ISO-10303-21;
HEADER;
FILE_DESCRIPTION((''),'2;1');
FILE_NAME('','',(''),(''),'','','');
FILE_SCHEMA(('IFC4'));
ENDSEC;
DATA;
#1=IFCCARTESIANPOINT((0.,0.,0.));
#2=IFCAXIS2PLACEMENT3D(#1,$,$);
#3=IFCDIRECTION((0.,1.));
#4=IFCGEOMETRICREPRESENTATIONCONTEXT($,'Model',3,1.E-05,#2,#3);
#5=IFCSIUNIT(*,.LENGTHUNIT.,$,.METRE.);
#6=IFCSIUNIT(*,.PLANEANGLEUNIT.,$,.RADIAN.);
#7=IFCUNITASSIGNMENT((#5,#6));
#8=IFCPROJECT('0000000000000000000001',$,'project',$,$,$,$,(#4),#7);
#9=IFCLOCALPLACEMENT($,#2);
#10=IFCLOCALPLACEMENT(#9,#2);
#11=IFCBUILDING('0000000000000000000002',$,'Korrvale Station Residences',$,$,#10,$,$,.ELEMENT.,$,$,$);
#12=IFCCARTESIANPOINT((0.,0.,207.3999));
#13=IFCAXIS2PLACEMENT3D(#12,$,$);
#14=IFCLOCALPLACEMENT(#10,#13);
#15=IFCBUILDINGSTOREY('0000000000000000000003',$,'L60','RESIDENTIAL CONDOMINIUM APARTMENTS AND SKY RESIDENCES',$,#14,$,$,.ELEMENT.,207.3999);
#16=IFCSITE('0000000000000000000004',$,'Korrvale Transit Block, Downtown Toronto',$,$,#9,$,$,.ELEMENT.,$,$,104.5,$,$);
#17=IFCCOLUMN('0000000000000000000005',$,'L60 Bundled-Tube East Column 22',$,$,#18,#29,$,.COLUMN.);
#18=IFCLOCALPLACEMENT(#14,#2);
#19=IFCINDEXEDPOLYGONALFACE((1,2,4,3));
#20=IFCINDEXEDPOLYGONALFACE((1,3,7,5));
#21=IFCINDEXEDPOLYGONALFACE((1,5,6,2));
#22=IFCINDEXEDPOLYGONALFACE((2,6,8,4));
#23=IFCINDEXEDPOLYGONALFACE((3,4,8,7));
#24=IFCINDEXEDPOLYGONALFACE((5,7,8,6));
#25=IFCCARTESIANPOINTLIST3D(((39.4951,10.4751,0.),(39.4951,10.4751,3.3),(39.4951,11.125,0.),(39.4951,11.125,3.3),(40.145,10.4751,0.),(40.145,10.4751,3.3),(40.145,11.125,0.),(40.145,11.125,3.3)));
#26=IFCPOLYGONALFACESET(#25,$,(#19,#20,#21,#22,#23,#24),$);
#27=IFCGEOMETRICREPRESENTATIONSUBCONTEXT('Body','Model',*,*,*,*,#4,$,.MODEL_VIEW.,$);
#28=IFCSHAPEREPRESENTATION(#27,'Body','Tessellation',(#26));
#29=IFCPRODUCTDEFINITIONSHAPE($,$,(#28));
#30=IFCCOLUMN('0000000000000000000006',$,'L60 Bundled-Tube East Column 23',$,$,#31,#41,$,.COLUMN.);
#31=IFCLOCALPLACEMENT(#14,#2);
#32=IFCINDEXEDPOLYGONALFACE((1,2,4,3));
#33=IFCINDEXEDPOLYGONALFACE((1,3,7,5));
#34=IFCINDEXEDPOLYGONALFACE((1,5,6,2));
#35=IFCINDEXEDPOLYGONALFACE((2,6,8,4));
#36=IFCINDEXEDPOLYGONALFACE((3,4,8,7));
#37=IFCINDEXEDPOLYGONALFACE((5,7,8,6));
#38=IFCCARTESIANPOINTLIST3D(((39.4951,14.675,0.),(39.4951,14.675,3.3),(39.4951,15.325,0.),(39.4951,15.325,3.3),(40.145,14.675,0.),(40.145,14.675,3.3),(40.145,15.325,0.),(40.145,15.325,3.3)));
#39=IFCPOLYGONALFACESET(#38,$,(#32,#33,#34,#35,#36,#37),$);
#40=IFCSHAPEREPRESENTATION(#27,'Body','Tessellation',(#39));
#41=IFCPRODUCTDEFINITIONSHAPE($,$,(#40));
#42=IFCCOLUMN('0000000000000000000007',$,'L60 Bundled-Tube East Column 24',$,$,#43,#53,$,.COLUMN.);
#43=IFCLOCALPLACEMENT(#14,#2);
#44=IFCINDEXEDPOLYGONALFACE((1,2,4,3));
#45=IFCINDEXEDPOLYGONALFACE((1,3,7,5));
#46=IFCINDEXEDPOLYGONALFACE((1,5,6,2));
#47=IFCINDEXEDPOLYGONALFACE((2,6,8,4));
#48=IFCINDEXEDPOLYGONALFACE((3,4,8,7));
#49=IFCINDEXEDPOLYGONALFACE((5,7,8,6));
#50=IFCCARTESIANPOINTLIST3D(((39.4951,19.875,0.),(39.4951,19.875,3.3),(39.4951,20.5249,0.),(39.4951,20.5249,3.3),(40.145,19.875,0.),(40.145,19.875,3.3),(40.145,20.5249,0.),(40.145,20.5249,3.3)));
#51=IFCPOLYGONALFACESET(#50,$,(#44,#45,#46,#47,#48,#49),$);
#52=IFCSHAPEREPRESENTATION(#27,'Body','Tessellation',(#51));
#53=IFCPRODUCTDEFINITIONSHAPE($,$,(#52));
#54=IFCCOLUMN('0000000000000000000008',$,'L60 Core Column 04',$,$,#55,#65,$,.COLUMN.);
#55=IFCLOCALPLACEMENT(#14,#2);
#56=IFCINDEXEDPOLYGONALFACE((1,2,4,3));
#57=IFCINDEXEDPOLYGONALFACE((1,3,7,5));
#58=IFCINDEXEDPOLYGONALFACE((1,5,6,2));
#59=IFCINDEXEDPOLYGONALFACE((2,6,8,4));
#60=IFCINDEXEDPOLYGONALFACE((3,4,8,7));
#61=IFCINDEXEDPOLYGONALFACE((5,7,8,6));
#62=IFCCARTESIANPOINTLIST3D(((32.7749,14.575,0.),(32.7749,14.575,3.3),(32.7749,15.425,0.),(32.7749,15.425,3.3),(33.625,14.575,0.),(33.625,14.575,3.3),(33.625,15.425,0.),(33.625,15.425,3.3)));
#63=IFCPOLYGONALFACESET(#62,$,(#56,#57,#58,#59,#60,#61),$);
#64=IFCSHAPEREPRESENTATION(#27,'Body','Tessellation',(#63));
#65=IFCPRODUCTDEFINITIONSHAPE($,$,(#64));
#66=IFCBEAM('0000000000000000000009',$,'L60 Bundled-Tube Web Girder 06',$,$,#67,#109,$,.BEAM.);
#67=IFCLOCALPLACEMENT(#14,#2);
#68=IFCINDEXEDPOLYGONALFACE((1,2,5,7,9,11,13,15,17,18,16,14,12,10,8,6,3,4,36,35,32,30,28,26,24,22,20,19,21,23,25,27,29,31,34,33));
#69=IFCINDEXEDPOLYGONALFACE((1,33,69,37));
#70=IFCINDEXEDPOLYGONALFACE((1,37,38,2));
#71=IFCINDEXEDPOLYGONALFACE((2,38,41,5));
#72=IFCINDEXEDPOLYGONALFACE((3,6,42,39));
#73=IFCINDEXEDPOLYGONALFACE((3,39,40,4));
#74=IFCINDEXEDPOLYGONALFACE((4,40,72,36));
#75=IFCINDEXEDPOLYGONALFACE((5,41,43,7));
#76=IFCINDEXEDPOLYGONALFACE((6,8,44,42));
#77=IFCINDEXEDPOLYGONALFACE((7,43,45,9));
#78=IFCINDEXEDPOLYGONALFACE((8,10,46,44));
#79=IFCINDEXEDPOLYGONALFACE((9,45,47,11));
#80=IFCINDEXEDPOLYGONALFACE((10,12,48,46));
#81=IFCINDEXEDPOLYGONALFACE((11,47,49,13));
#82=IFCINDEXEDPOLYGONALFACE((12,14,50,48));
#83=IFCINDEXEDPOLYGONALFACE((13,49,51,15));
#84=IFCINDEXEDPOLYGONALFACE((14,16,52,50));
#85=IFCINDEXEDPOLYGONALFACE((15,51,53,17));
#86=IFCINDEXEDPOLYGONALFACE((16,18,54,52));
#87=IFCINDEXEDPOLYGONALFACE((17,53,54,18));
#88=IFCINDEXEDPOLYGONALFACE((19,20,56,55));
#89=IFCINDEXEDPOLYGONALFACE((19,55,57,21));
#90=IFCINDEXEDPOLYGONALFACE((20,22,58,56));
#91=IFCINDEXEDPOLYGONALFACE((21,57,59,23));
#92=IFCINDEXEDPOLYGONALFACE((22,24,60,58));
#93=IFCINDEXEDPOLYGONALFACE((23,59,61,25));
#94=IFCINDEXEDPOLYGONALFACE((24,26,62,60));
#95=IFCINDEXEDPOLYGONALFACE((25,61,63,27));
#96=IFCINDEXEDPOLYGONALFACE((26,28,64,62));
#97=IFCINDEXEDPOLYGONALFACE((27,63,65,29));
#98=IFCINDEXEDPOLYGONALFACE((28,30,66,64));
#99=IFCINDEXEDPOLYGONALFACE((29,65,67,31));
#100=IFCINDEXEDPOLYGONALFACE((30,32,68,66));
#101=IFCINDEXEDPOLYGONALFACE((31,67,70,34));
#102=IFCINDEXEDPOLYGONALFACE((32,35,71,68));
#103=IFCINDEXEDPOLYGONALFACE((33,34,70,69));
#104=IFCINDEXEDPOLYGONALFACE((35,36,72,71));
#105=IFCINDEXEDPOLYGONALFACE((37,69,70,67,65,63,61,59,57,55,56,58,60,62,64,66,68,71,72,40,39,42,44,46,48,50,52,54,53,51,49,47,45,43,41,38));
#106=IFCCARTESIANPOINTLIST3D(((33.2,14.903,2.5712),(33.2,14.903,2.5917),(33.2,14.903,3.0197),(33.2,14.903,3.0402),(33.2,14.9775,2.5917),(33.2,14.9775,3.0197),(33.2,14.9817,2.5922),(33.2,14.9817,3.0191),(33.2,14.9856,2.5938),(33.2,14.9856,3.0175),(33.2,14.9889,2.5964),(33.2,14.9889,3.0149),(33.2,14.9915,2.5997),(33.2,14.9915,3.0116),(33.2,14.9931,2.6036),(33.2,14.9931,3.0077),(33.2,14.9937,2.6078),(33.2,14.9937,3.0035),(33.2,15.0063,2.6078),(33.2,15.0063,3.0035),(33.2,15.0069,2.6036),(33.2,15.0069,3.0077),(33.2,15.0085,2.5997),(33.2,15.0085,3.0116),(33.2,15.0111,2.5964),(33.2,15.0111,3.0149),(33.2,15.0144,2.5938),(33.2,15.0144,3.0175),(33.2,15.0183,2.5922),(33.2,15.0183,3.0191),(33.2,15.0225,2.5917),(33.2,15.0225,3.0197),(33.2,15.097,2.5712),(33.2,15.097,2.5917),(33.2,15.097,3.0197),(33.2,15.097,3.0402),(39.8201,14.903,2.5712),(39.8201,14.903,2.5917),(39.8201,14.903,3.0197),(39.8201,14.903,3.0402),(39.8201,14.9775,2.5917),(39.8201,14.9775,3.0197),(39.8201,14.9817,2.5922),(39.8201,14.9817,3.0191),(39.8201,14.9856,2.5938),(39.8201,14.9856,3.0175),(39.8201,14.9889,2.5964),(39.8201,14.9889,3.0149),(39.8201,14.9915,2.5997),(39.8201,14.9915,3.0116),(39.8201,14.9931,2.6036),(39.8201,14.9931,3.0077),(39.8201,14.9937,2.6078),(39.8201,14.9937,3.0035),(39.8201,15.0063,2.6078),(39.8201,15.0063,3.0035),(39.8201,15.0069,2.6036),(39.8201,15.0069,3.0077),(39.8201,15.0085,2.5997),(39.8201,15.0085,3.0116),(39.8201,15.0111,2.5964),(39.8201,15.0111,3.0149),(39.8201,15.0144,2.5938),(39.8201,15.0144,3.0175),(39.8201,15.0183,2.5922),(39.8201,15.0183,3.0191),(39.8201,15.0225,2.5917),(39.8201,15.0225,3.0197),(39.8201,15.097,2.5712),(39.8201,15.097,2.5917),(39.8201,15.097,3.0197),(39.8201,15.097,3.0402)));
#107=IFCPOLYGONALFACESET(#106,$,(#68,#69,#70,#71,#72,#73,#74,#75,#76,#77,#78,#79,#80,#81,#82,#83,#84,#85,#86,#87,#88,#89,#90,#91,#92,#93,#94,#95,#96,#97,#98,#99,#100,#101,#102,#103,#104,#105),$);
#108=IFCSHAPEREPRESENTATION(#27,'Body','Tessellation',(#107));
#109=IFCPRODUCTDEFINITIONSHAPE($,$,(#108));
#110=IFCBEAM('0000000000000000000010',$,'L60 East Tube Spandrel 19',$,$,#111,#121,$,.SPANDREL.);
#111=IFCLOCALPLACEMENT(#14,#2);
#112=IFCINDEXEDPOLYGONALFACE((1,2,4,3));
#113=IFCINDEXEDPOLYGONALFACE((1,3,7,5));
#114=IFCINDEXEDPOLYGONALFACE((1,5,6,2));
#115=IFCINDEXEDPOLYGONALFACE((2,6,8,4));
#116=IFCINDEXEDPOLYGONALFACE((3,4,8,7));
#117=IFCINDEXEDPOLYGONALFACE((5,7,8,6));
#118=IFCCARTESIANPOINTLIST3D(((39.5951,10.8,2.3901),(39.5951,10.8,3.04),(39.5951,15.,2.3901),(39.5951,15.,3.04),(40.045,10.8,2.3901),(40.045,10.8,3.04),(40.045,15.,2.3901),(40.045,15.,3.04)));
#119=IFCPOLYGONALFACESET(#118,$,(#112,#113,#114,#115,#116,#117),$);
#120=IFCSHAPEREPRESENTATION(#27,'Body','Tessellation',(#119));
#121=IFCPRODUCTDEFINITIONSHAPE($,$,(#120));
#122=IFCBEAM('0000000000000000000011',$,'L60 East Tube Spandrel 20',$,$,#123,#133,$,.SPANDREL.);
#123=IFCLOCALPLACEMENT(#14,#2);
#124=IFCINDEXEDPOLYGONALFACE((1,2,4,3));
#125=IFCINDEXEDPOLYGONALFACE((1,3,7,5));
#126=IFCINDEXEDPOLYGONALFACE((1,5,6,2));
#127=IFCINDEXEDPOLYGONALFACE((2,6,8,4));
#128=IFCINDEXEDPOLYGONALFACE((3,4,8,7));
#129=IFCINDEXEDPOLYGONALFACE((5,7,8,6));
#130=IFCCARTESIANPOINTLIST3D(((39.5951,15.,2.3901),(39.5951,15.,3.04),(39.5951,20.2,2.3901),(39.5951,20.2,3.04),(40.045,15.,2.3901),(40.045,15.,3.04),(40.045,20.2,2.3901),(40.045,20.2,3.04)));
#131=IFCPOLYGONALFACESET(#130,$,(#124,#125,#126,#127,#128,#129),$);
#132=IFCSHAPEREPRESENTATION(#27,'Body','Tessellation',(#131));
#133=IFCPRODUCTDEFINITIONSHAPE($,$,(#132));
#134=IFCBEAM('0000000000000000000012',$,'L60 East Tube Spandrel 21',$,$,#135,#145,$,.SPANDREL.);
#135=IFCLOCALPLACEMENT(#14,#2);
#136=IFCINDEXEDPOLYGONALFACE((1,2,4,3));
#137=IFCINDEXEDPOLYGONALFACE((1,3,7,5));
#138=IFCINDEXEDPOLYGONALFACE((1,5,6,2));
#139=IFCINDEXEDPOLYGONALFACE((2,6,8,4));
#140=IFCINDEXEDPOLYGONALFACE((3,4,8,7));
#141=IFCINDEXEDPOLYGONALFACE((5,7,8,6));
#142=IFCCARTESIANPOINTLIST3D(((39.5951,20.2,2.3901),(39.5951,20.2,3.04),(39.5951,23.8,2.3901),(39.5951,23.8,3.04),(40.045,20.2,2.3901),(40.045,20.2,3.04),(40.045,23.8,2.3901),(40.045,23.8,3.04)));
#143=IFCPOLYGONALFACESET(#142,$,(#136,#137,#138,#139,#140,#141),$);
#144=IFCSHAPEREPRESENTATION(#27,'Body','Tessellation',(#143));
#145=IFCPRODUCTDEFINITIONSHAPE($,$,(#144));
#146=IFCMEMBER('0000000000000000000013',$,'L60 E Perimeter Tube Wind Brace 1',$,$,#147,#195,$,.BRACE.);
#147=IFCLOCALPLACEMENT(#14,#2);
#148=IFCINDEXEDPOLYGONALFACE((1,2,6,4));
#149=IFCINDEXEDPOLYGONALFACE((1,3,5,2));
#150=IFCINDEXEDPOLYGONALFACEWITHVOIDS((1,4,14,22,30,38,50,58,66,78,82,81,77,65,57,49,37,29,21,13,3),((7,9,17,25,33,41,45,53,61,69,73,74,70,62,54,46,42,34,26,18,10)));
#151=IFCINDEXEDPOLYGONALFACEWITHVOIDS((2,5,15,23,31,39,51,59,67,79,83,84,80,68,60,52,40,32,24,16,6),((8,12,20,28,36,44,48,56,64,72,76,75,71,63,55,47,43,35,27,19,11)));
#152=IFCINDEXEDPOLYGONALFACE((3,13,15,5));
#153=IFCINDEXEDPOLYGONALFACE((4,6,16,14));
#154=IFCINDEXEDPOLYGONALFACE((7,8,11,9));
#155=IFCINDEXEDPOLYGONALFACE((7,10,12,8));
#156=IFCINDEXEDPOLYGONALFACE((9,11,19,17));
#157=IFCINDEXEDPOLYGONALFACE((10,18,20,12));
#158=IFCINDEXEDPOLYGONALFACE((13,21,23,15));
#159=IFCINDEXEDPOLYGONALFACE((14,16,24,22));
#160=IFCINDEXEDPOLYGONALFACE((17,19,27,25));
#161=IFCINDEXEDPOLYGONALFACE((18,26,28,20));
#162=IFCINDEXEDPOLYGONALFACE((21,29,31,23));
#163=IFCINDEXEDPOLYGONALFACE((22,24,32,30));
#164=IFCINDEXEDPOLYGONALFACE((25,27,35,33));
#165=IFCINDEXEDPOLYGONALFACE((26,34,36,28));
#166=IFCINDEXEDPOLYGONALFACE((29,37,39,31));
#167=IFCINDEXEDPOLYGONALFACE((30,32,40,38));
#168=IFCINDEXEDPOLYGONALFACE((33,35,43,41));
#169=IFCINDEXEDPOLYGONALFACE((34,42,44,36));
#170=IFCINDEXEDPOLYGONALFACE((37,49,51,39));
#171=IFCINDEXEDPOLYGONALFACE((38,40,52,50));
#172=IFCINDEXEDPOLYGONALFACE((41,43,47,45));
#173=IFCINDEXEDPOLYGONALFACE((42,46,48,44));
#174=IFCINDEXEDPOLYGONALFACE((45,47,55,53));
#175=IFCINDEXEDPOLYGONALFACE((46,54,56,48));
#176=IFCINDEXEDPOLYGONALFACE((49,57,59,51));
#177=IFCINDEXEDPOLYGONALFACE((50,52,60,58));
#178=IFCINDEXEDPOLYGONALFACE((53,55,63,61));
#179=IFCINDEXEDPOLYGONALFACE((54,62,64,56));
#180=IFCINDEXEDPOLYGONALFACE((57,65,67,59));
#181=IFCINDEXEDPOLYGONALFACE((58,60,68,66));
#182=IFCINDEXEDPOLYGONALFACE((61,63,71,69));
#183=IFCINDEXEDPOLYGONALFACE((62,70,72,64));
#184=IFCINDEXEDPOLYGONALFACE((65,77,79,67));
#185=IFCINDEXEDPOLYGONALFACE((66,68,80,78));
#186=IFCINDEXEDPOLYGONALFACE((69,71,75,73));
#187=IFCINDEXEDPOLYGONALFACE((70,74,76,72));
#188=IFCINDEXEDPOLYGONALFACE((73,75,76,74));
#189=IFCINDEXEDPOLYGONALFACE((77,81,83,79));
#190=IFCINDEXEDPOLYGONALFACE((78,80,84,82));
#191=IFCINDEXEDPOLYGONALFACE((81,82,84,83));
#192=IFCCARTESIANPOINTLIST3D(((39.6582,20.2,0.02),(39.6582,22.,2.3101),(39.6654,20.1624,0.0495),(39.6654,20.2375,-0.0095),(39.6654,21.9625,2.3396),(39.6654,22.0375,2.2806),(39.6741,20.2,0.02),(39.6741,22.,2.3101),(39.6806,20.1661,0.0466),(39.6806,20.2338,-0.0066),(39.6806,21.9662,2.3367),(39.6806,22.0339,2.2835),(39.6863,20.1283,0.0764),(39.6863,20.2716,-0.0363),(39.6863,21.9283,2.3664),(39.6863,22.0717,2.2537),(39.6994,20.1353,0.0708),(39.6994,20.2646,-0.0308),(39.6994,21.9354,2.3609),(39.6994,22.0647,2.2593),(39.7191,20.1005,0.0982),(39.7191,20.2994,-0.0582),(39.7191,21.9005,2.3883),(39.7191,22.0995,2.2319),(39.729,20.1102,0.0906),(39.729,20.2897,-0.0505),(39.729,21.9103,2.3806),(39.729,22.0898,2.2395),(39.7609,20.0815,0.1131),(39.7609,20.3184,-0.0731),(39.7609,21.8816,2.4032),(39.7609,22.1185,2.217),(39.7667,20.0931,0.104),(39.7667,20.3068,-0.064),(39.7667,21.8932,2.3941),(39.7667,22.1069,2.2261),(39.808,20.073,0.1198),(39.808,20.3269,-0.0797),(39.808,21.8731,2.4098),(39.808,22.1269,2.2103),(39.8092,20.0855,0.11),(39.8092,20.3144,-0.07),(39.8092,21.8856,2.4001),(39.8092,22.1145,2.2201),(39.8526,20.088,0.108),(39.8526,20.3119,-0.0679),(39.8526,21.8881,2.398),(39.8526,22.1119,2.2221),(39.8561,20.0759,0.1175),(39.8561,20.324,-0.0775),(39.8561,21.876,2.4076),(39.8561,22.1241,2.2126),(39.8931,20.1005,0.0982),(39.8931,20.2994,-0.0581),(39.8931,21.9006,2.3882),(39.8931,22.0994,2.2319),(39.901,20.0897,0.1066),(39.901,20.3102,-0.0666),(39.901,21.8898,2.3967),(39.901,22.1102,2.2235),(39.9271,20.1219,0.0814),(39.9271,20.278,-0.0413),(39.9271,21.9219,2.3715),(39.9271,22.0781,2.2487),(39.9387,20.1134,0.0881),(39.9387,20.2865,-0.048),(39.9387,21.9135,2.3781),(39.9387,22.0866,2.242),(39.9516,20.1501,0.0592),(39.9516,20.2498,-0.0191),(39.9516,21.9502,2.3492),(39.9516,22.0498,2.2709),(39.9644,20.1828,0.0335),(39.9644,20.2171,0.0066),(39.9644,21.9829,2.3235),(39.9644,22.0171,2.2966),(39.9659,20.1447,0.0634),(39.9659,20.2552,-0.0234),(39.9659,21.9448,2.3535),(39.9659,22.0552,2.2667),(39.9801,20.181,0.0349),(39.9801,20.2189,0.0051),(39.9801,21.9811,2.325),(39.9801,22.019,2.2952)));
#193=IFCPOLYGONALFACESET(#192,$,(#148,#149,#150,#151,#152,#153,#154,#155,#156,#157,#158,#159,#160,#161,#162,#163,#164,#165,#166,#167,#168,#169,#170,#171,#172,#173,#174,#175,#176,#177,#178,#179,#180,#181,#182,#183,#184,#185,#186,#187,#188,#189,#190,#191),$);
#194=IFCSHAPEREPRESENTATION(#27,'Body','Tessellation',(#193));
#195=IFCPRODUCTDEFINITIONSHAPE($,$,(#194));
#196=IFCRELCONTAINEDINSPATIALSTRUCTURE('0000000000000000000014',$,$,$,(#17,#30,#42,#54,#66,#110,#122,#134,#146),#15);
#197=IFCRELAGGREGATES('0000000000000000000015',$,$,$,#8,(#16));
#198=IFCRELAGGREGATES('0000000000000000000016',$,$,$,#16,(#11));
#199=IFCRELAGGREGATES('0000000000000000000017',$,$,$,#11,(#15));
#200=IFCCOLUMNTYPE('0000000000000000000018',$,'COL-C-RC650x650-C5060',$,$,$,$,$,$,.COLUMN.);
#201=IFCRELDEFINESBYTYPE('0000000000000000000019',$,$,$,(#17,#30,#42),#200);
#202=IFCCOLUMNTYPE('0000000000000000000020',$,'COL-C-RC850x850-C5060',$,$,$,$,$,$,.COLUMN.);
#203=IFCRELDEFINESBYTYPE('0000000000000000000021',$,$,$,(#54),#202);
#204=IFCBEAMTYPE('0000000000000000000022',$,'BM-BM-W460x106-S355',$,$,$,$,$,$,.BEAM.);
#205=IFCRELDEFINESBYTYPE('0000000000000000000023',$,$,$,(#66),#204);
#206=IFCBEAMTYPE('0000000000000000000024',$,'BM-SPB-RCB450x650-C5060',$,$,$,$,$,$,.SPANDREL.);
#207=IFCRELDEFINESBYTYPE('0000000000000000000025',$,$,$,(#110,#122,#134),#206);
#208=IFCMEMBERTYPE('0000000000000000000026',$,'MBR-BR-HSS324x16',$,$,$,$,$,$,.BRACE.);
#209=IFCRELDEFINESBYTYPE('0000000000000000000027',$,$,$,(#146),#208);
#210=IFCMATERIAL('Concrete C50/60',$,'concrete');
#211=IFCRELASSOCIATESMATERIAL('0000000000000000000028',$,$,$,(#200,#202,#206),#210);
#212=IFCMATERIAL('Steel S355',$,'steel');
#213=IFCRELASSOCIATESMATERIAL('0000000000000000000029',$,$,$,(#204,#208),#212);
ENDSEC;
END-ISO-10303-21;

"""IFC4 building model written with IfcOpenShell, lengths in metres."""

from ifc_helpers import new_model, si_unit, direction, frame, origin, origin_2d, place, context, subcontext, project, spatial, rectangle, hollow_circle, i_section, extrude, material, material_profile, profile_set, type_object, element, save


model = new_model("IFC4")

# Units and contexts
model_context = context("Model", 3, precision=1e-05, world=origin(), true_north=direction((0.0, 1.0)))
body_context = subcontext(model_context, "Body", "Model", "MODEL_VIEW")
ifc_project = project(units=[si_unit("LENGTHUNIT", "METRE"), si_unit("PLANEANGLEUNIT", "RADIAN")], contexts=[model_context])

# Site, building, storey
site_placement = place(None, origin())
site = spatial("IfcSite", under=ifc_project, at=site_placement, Name="Korrvale Transit Block, Downtown Toronto", CompositionType="ELEMENT", RefElevation=104.5)
building_placement = place(site_placement, origin())
building = spatial("IfcBuilding", under=site, at=building_placement, Name="Korrvale Station Residences", CompositionType="ELEMENT")
storey_placement = place(building_placement, frame((0.0, 0.0, 207.3999)))
storey = spatial("IfcBuildingStorey", under=building, at=storey_placement, Name="L60", Description="RESIDENTIAL CONDOMINIUM APARTMENTS AND SKY RESIDENCES", CompositionType="ELEMENT", Elevation=207.3999)

# Columns
ifc_material_1 = material(Name="Concrete C50/60", Category="concrete")
ifc_material_profile_1 = material_profile(ifc_material_1, rectangle(XDim=0.6499, YDim=0.6499, at=origin_2d()), Name="RC650x650")
ifc_profile_set_1 = profile_set([ifc_material_profile_1], Name="Concrete C50/60")
column_type_1 = type_object("IfcColumnType", Name="COL-C-RC650x650-C5060", PredefinedType="COLUMN", material=ifc_profile_set_1)
for number, where, z_axis, x_axis, name in (
    (1, (39.8201, 10.8, 0.0), (0.0, 0.0, 1.0), (1.0, 0.0, 0.0), "L60 Bundled-Tube East Column 22"),
    (2, (39.8201, 15.0, 0.0), (0.0, 0.0, 1.0), (1.0, 0.0, 0.0), "L60 Bundled-Tube East Column 23"),
    (3, (39.8201, 20.2, 0.0), (0.0, 0.0, 1.0), (1.0, 0.0, 0.0), "L60 Bundled-Tube East Column 24"),
):
    element("IfcColumn", number, at=place(storey_placement, frame(where, z_axis=z_axis, x_axis=x_axis)), inside=storey, type_object=column_type_1, Name=name, PredefinedType="COLUMN", context=body_context, shape_type="SweptSolid", body=[
        extrude(rectangle(XDim=0.6499, YDim=0.6499, at=origin_2d()), origin(), (0.0, 0.0, 1.0), 3.3),
    ])
ifc_material_profile_2 = material_profile(ifc_material_1, rectangle(XDim=0.8501, YDim=0.8501, at=origin_2d()), Name="RC850x850")
ifc_profile_set_2 = profile_set([ifc_material_profile_2], Name="Concrete C50/60")
column_type_2 = type_object("IfcColumnType", Name="COL-C-RC850x850-C5060", PredefinedType="COLUMN", material=ifc_profile_set_2)
column_placement = place(storey_placement, frame((33.2, 15.0, 0.0), z_axis=(0.0, 0.0, 1.0), x_axis=(1.0, 0.0, 0.0)))
element("IfcColumn", 4, at=column_placement, inside=storey, type_object=column_type_2, Name="L60 Core Column 04", PredefinedType="COLUMN", context=body_context, shape_type="SweptSolid", body=[
    extrude(rectangle(XDim=0.8501, YDim=0.8501, at=origin_2d()), origin(), (0.0, 0.0, 1.0), 3.3),
])

# Beams
ifc_material_2 = material(Name="Steel S355", Category="steel")
ifc_material_profile_3 = material_profile(ifc_material_2, i_section(OverallWidth=0.1941, OverallDepth=0.469, WebThickness=0.0127, FlangeThickness=0.0205, FilletRadius=0.0161, at=origin_2d()), Name="W460x106")
ifc_profile_set_3 = profile_set([ifc_material_profile_3], Name="Steel S355")
beam_type_1 = type_object("IfcBeamType", Name="BM-BM-W460x106-S355", PredefinedType="BEAM", material=ifc_profile_set_3)
beam_1_placement = place(storey_placement, frame((33.2, 15.0, 2.8057), z_axis=(1.0, 0.0, 0.0), x_axis=(0.0, 1.0, 0.0)))
element("IfcBeam", 5, at=beam_1_placement, inside=storey, type_object=beam_type_1, Name="L60 Bundled-Tube Web Girder 06", PredefinedType="BEAM", context=body_context, shape_type="SweptSolid", body=[
    extrude(i_section(OverallWidth=0.1941, OverallDepth=0.469, WebThickness=0.0127, FlangeThickness=0.0205, FilletRadius=0.0161, at=origin_2d()), origin(), (0.0, 0.0, 1.0), 6.6201),
])
ifc_material_profile_4 = material_profile(ifc_material_1, rectangle(XDim=0.45, YDim=0.6499, at=origin_2d()), Name="RCB450x650")
ifc_profile_set_4 = profile_set([ifc_material_profile_4], Name="Concrete C50/60")
beam_type_2 = type_object("IfcBeamType", Name="BM-SPB-RCB450x650-C5060", PredefinedType="SPANDREL", material=ifc_profile_set_4)
beam_2_placement = place(storey_placement, frame((39.8201, 10.8, 2.7151), z_axis=(0.0, 1.0, 0.0), x_axis=(-1.0, 0.0, 0.0)))
element("IfcBeam", 6, at=beam_2_placement, inside=storey, type_object=beam_type_2, Name="L60 East Tube Spandrel 19", PredefinedType="SPANDREL", context=body_context, shape_type="SweptSolid", body=[
    extrude(rectangle(XDim=0.45, YDim=0.6499, at=origin_2d()), origin(), (0.0, 0.0, 1.0), 4.2),
])
beam_3_placement = place(storey_placement, frame((39.8201, 15.0, 2.7151), z_axis=(0.0, 1.0, 0.0), x_axis=(-1.0, 0.0, 0.0)))
element("IfcBeam", 7, at=beam_3_placement, inside=storey, type_object=beam_type_2, Name="L60 East Tube Spandrel 20", PredefinedType="SPANDREL", context=body_context, shape_type="SweptSolid", body=[
    extrude(rectangle(XDim=0.45, YDim=0.6499, at=origin_2d()), origin(), (0.0, 0.0, 1.0), 5.2),
])
beam_4_placement = place(storey_placement, frame((39.8201, 20.2, 2.7151), z_axis=(0.0, 1.0, 0.0), x_axis=(-1.0, 0.0, 0.0)))
element("IfcBeam", 8, at=beam_4_placement, inside=storey, type_object=beam_type_2, Name="L60 East Tube Spandrel 21", PredefinedType="SPANDREL", context=body_context, shape_type="SweptSolid", body=[
    extrude(rectangle(XDim=0.45, YDim=0.6499, at=origin_2d()), origin(), (0.0, 0.0, 1.0), 3.6001),
])

# Member
ifc_material_profile_5 = material_profile(ifc_material_2, hollow_circle(Radius=0.1619, WallThickness=0.0159, at=origin_2d()), Name="HSS324x16")
ifc_profile_set_5 = profile_set([ifc_material_profile_5], Name="Steel S355")
member_type = type_object("IfcMemberType", Name="MBR-BR-HSS324x16", PredefinedType="BRACE", material=ifc_profile_set_5)
member_placement = place(storey_placement, frame((39.8201, 20.2, 0.02), z_axis=(0.0, 0.617977, 0.786196), x_axis=(-1.0, 0.0, 0.0)))
element("IfcMember", 9, at=member_placement, inside=storey, type_object=member_type, Name="L60 E Perimeter Tube Wind Brace 1", PredefinedType="BRACE", context=body_context, shape_type="SweptSolid", body=[
    extrude(hollow_circle(Radius=0.1619, WallThickness=0.0159, at=origin_2d()), origin(), (0.0, 0.0, 1.0), 2.9128),
])

save(model, "model.ifc")
